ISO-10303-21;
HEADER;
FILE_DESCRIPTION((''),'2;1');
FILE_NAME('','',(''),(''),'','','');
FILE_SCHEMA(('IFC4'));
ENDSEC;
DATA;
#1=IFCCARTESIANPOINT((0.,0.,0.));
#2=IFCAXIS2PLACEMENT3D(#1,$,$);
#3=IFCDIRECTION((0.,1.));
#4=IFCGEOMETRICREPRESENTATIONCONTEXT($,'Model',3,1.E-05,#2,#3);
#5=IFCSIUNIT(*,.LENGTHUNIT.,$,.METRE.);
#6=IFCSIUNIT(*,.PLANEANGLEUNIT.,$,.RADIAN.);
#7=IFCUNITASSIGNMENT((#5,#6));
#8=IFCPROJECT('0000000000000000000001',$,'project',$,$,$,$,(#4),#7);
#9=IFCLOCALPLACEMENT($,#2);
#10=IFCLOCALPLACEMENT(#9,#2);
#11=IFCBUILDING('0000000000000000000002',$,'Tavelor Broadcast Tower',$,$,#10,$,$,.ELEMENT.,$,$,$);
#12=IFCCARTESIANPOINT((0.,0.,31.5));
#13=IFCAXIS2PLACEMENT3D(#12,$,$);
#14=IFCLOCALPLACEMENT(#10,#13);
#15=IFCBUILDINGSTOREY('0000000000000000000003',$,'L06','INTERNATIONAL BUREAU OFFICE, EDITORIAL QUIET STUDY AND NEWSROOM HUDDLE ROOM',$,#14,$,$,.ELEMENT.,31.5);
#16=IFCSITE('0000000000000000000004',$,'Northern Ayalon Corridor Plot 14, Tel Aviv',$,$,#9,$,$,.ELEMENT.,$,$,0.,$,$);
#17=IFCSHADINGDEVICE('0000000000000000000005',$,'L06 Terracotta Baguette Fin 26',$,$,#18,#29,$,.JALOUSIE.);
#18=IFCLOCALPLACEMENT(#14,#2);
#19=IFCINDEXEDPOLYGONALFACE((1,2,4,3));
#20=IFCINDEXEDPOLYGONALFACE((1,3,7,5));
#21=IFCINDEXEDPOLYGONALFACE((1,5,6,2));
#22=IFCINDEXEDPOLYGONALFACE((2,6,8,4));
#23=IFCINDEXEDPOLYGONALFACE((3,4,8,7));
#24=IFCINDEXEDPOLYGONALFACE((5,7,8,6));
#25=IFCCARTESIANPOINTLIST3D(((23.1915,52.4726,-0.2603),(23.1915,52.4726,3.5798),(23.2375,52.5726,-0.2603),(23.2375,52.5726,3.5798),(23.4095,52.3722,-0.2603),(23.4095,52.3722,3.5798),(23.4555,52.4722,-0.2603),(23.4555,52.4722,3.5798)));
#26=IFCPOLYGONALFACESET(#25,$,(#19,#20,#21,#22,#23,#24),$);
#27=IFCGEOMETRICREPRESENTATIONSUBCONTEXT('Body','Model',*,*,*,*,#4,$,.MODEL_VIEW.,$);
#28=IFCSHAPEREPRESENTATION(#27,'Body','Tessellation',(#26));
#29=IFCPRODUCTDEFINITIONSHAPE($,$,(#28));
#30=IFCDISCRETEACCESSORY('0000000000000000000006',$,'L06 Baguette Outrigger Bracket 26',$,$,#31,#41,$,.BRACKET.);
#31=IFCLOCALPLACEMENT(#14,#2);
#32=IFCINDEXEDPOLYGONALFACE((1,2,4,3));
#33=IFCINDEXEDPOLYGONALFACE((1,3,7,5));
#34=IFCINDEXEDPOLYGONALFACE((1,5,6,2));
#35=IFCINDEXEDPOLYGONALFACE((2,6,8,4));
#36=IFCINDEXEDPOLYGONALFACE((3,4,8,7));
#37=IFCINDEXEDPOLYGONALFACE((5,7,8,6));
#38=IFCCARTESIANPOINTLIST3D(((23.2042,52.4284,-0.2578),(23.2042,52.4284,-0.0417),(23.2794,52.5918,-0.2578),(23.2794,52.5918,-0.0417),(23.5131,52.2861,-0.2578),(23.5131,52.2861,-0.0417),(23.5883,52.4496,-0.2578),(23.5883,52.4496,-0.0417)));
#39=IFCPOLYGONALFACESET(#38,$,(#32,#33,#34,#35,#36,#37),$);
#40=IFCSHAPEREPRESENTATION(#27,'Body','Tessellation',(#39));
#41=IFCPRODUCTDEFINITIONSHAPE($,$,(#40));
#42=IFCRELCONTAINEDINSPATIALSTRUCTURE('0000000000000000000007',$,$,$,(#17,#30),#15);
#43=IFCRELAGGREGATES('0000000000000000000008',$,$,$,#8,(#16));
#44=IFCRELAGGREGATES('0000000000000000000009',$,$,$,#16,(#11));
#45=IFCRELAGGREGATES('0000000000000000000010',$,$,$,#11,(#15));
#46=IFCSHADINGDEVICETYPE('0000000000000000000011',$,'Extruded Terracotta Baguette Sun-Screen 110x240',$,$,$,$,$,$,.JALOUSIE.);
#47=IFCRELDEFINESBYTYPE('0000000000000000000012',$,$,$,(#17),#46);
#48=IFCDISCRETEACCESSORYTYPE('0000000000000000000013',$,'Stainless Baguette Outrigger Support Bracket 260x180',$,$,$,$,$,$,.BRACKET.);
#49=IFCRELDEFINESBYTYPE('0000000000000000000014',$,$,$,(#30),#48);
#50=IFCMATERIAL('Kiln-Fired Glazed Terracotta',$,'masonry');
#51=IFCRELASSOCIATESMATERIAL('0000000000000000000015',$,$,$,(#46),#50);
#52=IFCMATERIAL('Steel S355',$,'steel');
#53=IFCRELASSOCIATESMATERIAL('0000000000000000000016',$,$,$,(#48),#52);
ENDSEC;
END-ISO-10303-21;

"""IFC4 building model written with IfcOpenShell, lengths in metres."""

from ifc_helpers import new_model, si_unit, direction, frame, origin, origin_2d, place, context, subcontext, project, spatial, rectangle, extrude, source, transform, mapped, material, type_object, type_shapes, element, save


model = new_model("IFC4")

# Units and contexts
model_context = context("Model", 3, precision=1e-05, world=origin(), true_north=direction((0.0, 1.0)))
body_context = subcontext(model_context, "Body", "Model", "MODEL_VIEW")
ifc_project = project(units=[si_unit("LENGTHUNIT", "METRE"), si_unit("PLANEANGLEUNIT", "RADIAN")], contexts=[model_context])

# Site, building, storey
site_placement = place(None, origin())
site = spatial("IfcSite", under=ifc_project, at=site_placement, Name="Northern Ayalon Corridor Plot 14, Tel Aviv", CompositionType="ELEMENT", RefElevation=0.0)
building_placement = place(site_placement, origin())
building = spatial("IfcBuilding", under=site, at=building_placement, Name="Tavelor Broadcast Tower", CompositionType="ELEMENT")
storey_placement = place(building_placement, frame((0.0, 0.0, 31.5)))
storey = spatial("IfcBuildingStorey", under=building, at=storey_placement, Name="L06", Description="INTERNATIONAL BUREAU OFFICE, EDITORIAL QUIET STUDY AND NEWSROOM HUDDLE ROOM", CompositionType="ELEMENT", Elevation=31.5)

# Shared definitions
ifc_material_1 = material(Name="Steel S355", Category="steel")

# Shading device
ifc_material_2 = material(Name="Kiln-Fired Glazed Terracotta", Category="masonry")
shading_device_type = type_object("IfcShadingDeviceType", Name="Extruded Terracotta Baguette Sun-Screen 110x240", PredefinedType="JALOUSIE", material=ifc_material_2)
shared_shape_1 = source(origin(), body_context, "Body", "SweptSolid", [
    extrude(rectangle(XDim=0.1101, YDim=0.24, at=origin_2d()), origin(), (0.0, 0.0, 1.0), 3.8401),
])
type_shapes(shading_device_type, [shared_shape_1])
shading_device_placement = place(storey_placement, frame((23.3235, 52.4724, -0.2603), z_axis=(0.0, 0.0, 1.0), x_axis=(-0.418184, -0.908362, 0.0)))
element("IfcShadingDevice", 1, at=shading_device_placement, inside=storey, type_object=shading_device_type, Name="L06 Terracotta Baguette Fin 26", PredefinedType="JALOUSIE", context=body_context, shape_type="MappedRepresentation", body=[
    mapped(shared_shape_1, transform((0.0, 0.0, 0.0), scale=1.0)),
])

# Discrete accessory
discrete_accessory_type = type_object("IfcDiscreteAccessoryType", Name="Stainless Baguette Outrigger Support Bracket 260x180", PredefinedType="BRACKET", material=ifc_material_1)
shared_shape_2 = source(origin(), body_context, "Body", "SweptSolid", [
    extrude(rectangle(XDim=0.1799, YDim=0.3401, at=origin_2d()), origin(), (0.0, 0.0, 1.0), 0.2161),
])
type_shapes(discrete_accessory_type, [shared_shape_2])
discrete_accessory_placement = place(storey_placement, frame((23.3962, 52.439, -0.2578), z_axis=(0.0, 0.0, 1.0), x_axis=(-0.418184, -0.908362, 0.0)))
element("IfcDiscreteAccessory", 2, at=discrete_accessory_placement, inside=storey, type_object=discrete_accessory_type, Name="L06 Baguette Outrigger Bracket 26", PredefinedType="BRACKET", context=body_context, shape_type="MappedRepresentation", body=[
    mapped(shared_shape_2, transform((0.0, 0.0, 0.0), scale=1.0)),
])

save(model, "model.ifc")
